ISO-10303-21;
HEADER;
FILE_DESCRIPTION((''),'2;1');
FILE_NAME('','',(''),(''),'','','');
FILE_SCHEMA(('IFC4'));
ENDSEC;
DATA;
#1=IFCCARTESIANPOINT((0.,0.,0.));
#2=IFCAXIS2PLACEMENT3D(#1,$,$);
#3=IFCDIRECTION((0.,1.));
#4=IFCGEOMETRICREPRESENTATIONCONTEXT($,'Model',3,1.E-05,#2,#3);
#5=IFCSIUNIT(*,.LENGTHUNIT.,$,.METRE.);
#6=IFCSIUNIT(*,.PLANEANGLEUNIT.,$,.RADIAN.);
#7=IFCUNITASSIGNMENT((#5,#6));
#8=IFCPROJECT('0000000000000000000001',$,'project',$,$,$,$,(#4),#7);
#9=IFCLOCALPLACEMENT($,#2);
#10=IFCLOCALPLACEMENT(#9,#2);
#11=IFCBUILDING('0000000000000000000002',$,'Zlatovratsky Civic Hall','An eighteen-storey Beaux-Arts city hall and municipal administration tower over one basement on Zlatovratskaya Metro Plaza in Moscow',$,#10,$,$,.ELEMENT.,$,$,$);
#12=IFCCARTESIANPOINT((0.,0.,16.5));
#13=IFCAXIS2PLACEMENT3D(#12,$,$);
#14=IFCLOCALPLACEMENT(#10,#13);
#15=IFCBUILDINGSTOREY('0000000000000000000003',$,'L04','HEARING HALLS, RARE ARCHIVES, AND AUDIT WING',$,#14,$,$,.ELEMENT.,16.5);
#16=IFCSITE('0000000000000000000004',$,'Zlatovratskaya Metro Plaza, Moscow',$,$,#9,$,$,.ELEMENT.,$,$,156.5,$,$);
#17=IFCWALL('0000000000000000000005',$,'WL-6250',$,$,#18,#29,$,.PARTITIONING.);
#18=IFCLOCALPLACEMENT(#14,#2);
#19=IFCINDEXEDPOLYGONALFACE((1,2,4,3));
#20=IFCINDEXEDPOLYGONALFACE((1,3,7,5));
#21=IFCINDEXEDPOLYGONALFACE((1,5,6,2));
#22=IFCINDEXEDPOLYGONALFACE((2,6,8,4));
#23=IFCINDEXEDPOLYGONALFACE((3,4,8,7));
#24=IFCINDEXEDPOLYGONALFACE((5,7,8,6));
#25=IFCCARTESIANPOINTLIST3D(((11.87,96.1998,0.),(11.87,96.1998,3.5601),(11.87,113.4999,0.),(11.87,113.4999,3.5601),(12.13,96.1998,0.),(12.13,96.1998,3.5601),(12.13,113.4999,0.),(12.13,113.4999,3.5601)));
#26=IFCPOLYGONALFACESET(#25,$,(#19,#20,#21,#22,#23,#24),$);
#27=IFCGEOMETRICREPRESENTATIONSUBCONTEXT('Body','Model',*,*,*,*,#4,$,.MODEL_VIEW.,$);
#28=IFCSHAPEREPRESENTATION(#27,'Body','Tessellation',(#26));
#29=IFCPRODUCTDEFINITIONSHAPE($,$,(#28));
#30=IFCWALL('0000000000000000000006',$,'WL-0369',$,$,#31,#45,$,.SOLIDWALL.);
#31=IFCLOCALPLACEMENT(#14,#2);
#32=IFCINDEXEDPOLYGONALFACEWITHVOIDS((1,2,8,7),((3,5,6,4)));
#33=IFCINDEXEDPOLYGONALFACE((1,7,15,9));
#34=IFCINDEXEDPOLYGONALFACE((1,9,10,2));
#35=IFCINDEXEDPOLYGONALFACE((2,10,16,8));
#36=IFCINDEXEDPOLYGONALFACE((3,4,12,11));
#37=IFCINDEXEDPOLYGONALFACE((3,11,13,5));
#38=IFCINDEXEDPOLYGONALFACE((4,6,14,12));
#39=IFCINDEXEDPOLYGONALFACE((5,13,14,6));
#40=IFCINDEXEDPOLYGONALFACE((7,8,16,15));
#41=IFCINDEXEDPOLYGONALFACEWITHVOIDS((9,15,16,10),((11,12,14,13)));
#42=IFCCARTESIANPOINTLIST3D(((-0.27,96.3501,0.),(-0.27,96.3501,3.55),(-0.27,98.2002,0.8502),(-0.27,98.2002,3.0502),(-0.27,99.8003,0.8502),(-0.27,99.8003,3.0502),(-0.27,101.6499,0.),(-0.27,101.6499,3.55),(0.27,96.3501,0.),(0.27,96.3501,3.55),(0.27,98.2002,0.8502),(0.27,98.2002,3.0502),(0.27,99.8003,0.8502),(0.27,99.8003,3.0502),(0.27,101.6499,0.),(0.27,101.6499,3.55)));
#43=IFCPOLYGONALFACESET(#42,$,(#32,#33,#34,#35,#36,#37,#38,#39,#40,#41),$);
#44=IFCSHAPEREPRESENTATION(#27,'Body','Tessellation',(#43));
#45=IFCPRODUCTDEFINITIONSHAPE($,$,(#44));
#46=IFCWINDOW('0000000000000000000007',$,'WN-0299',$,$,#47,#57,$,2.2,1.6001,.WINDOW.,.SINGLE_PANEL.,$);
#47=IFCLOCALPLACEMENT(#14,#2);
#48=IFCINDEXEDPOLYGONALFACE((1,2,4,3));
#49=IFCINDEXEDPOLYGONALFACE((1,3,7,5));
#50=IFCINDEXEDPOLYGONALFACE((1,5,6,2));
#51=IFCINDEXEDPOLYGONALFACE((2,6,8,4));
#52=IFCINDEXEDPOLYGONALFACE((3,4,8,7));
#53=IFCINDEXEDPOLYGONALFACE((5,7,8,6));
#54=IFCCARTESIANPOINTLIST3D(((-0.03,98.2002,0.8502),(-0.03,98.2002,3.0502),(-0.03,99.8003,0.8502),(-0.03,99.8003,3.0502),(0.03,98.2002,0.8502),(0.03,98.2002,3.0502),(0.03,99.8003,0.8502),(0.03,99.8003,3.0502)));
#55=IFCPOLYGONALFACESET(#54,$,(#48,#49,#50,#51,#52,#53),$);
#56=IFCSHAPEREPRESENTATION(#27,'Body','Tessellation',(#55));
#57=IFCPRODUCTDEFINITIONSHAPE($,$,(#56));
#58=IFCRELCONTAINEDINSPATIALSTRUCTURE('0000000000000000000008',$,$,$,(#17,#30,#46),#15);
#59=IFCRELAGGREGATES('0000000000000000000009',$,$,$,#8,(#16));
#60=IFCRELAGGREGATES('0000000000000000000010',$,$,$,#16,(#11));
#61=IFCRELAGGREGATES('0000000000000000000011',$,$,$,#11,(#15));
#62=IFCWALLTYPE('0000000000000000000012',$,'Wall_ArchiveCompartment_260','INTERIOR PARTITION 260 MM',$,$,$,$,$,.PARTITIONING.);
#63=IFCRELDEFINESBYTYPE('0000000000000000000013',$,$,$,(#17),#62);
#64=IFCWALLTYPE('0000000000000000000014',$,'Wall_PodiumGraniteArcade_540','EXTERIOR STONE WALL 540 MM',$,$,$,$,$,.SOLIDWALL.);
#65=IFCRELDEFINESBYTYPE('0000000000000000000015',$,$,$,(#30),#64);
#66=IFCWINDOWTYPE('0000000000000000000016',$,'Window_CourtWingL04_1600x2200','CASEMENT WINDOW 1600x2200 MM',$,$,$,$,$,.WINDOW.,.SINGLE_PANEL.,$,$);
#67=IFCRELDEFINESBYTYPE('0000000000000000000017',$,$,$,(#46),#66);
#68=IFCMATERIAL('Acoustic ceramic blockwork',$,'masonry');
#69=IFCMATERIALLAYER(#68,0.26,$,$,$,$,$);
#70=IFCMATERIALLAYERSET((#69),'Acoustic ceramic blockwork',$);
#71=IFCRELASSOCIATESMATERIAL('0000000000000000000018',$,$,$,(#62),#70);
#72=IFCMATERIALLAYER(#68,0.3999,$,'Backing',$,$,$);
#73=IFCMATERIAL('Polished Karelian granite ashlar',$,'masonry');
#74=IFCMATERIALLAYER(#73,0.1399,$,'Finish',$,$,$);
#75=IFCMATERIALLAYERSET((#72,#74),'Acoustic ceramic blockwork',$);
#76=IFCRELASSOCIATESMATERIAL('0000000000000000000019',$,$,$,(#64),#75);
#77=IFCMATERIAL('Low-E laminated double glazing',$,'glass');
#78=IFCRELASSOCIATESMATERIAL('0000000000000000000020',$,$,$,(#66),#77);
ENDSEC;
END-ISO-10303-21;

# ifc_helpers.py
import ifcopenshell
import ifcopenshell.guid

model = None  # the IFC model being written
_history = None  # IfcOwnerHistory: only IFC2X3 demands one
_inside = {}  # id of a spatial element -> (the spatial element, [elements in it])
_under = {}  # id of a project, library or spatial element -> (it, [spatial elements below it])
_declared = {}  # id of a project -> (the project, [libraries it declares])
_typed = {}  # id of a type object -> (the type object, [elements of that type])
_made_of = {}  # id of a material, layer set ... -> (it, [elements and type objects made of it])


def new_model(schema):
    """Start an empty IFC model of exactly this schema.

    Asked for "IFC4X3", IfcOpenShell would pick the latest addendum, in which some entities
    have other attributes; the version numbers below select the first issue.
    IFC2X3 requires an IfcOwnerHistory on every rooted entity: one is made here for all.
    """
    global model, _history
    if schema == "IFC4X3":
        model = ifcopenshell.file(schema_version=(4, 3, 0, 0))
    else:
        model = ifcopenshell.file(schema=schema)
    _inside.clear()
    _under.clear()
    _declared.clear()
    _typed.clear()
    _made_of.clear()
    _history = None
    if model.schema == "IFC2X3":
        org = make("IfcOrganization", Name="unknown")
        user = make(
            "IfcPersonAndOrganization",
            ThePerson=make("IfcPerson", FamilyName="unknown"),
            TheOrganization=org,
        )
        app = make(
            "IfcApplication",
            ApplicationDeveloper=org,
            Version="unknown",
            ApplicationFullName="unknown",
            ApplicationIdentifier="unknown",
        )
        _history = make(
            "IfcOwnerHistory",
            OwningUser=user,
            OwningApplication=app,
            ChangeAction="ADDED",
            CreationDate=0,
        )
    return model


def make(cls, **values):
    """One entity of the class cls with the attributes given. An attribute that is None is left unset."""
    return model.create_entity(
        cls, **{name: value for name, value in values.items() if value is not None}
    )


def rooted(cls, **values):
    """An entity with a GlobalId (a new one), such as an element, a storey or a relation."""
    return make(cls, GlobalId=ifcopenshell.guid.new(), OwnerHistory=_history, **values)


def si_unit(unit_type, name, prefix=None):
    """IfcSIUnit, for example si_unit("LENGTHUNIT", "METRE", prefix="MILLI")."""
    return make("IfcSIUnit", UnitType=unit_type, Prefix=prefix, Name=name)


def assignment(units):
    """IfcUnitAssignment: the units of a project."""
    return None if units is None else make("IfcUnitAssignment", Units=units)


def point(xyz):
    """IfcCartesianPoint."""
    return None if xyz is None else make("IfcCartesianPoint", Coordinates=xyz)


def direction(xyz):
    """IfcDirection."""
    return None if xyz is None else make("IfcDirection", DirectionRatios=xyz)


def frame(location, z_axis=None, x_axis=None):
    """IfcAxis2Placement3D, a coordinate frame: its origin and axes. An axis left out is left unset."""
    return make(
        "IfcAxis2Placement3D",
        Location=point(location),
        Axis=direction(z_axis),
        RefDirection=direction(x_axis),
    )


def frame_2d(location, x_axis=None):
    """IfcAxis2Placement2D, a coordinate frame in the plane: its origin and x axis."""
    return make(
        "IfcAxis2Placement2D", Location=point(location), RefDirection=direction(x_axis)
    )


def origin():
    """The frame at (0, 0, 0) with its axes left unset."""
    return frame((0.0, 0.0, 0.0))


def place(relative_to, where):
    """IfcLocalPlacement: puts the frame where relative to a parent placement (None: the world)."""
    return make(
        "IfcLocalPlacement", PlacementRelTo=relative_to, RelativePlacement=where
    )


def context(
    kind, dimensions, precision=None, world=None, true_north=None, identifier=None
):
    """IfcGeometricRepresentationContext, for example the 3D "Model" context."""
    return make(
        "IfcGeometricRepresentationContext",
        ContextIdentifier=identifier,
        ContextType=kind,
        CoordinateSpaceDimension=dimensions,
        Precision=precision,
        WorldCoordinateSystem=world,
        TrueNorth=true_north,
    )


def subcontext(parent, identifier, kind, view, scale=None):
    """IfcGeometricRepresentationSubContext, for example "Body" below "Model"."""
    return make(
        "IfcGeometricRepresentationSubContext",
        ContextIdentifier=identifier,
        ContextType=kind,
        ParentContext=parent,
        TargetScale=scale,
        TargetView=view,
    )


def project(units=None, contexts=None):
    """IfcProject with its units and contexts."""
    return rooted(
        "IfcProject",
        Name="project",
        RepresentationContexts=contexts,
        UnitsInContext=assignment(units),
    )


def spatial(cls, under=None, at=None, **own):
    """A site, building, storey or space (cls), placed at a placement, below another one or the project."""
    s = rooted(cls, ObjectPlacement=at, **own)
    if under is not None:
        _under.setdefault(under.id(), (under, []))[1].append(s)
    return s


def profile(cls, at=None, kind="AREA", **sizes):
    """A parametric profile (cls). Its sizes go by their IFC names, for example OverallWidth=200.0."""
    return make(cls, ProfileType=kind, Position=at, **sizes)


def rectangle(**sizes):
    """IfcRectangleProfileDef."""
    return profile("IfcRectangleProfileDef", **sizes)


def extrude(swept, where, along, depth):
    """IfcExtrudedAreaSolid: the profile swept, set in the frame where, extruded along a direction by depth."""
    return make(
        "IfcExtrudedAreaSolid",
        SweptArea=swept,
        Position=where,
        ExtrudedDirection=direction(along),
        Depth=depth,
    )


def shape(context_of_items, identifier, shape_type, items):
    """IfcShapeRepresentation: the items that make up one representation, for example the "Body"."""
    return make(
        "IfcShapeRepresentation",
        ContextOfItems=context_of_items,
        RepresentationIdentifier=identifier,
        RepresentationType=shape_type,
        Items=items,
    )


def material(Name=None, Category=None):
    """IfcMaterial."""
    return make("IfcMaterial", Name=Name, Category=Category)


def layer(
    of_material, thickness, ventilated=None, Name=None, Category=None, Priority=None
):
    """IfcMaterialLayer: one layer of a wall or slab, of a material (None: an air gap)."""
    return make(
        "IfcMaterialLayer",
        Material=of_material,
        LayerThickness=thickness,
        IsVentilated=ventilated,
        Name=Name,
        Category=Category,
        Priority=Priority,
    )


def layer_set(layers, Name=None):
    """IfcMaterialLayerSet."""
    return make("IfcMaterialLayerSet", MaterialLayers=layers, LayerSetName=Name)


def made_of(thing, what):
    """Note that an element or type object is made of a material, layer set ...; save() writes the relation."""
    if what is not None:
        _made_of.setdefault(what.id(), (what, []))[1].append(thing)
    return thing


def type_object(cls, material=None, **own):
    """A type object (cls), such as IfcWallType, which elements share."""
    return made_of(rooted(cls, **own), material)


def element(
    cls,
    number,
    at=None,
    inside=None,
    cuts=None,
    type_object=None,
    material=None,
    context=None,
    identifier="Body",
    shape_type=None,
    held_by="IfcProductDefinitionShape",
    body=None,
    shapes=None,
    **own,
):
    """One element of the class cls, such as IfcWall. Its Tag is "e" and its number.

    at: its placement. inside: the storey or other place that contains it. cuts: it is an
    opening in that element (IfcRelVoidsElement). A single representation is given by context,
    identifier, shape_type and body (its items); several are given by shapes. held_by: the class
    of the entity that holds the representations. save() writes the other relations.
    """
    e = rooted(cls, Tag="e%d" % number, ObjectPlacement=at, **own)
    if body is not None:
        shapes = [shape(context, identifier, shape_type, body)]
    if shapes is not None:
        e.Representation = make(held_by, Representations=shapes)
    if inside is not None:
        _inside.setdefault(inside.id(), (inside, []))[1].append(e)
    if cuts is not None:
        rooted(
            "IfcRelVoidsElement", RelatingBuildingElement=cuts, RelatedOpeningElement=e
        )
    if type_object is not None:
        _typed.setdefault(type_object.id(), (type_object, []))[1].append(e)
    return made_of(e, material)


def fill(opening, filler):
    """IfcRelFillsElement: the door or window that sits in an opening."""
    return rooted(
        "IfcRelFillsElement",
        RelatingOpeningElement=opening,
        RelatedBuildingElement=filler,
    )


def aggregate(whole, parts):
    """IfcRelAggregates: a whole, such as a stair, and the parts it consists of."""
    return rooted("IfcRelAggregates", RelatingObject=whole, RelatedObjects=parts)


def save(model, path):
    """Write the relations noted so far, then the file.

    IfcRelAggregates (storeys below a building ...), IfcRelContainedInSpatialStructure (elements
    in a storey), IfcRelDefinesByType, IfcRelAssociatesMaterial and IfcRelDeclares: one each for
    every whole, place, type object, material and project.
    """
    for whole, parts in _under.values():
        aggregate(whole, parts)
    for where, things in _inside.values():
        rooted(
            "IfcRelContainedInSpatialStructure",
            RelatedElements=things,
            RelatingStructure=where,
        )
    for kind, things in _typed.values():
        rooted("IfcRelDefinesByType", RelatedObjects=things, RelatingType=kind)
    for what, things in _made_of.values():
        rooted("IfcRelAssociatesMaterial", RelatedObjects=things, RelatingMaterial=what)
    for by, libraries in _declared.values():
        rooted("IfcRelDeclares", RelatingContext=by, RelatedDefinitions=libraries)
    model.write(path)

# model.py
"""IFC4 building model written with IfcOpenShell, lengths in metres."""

from ifc_helpers import new_model, si_unit, direction, frame, frame_2d, origin, place, context, subcontext, project, spatial, rectangle, extrude, material, layer, layer_set, type_object, element, fill, save


model = new_model("IFC4")

# Units and contexts
model_context = context("Model", 3, precision=1e-05, world=origin(), true_north=direction((0.0, 1.0)))
body_context = subcontext(model_context, "Body", "Model", "MODEL_VIEW")
ifc_project = project(units=[si_unit("LENGTHUNIT", "METRE"), si_unit("PLANEANGLEUNIT", "RADIAN")], contexts=[model_context])

# Site, building, storey
site_placement = place(None, origin())
site = spatial("IfcSite", under=ifc_project, at=site_placement, Name="Zlatovratskaya Metro Plaza, Moscow", CompositionType="ELEMENT", RefElevation=156.5)
building_placement = place(site_placement, origin())
building = spatial("IfcBuilding", under=site, at=building_placement, Name="Zlatovratsky Civic Hall", Description="An eighteen-storey Beaux-Arts city hall and municipal administration tower over one basement on Zlatovratskaya Metro Plaza in Moscow", CompositionType="ELEMENT")
storey_placement = place(building_placement, frame((0.0, 0.0, 16.5)))
storey = spatial("IfcBuildingStorey", under=building, at=storey_placement, Name="L04", Description="HEARING HALLS, RARE ARCHIVES, AND AUDIT WING", CompositionType="ELEMENT", Elevation=16.5)

# Wall
ifc_material_1 = material(Name="Acoustic ceramic blockwork", Category="masonry")
ifc_layer_1 = layer(ifc_material_1, 0.26)
ifc_layer_set_1 = layer_set([ifc_layer_1], Name="Acoustic ceramic blockwork")
wall_type_1 = type_object("IfcWallType", Name="Wall_ArchiveCompartment_260", Description="INTERIOR PARTITION 260 MM", PredefinedType="PARTITIONING", material=ifc_layer_set_1)
wall_1_placement = place(storey_placement, frame((12.0, 96.2, 0.0), z_axis=(0.0, 0.0, 1.0), x_axis=(0.0, 1.0, 0.0)))
element("IfcWall", 1, at=wall_1_placement, inside=storey, type_object=wall_type_1, Name="WL-6250", PredefinedType="PARTITIONING", context=body_context, shape_type="SweptSolid", body=[
    extrude(rectangle(XDim=17.3, YDim=0.26, at=frame_2d((8.6499, 0.0))), origin(), (0.0, 0.0, 1.0), 3.5601),
])

# Wall, opening, window
ifc_layer_2 = layer(ifc_material_1, 0.3999, Name="Backing")
ifc_material_2 = material(Name="Polished Karelian granite ashlar", Category="masonry")
ifc_layer_3 = layer(ifc_material_2, 0.1399, Name="Finish")
ifc_layer_set_2 = layer_set([ifc_layer_2, ifc_layer_3], Name="Acoustic ceramic blockwork")
wall_type_2 = type_object("IfcWallType", Name="Wall_PodiumGraniteArcade_540", Description="EXTERIOR STONE WALL 540 MM", PredefinedType="SOLIDWALL", material=ifc_layer_set_2)
wall_2_placement = place(storey_placement, frame((0.0, 96.3501, 0.0), z_axis=(0.0, 0.0, 1.0), x_axis=(0.0, 1.0, 0.0)))
wall_2 = element("IfcWall", 2, at=wall_2_placement, inside=storey, type_object=wall_type_2, Name="WL-0369", PredefinedType="SOLIDWALL", context=body_context, shape_type="SweptSolid", body=[
    extrude(rectangle(XDim=5.2998, YDim=0.54, at=frame_2d((2.6499, 0.0))), origin(), (0.0, 0.0, 1.0), 3.55),
])
opening_placement = place(wall_2_placement, frame((1.8501, 0.0, 0.8501)))
opening = element("IfcOpeningElement", 3, at=opening_placement, cuts=wall_2, PredefinedType="OPENING", context=body_context, shape_type="SweptSolid", body=[
    extrude(rectangle(XDim=1.6001, YDim=2.2, at=frame_2d((0.8, 1.1001))), frame((0.0, 0.2849, 0.0), z_axis=(0.0, -1.0, 0.0), x_axis=(1.0, 0.0, 0.0)), (0.0, 0.0, 1.0), 0.5698),
])
ifc_material_3 = material(Name="Low-E laminated double glazing", Category="glass")
window_type = type_object("IfcWindowType", Name="Window_CourtWingL04_1600x2200", Description="CASEMENT WINDOW 1600x2200 MM", PartitioningType="SINGLE_PANEL", PredefinedType="WINDOW", material=ifc_material_3)
window_placement = place(opening_placement, origin())
window = element("IfcWindow", 4, at=window_placement, inside=storey, type_object=window_type, Name="WN-0299", OverallHeight=2.2, OverallWidth=1.6001, PartitioningType="SINGLE_PANEL", PredefinedType="WINDOW", context=body_context, shape_type="SweptSolid", body=[
    extrude(rectangle(XDim=1.6001, YDim=2.2, at=frame_2d((0.8, 1.1001))), frame((0.0, 0.03, 0.0), z_axis=(0.0, -1.0, 0.0), x_axis=(1.0, 0.0, 0.0)), (0.0, 0.0, 1.0), 0.0601),
])
fill(opening, window)

save(model, "model.ifc")
